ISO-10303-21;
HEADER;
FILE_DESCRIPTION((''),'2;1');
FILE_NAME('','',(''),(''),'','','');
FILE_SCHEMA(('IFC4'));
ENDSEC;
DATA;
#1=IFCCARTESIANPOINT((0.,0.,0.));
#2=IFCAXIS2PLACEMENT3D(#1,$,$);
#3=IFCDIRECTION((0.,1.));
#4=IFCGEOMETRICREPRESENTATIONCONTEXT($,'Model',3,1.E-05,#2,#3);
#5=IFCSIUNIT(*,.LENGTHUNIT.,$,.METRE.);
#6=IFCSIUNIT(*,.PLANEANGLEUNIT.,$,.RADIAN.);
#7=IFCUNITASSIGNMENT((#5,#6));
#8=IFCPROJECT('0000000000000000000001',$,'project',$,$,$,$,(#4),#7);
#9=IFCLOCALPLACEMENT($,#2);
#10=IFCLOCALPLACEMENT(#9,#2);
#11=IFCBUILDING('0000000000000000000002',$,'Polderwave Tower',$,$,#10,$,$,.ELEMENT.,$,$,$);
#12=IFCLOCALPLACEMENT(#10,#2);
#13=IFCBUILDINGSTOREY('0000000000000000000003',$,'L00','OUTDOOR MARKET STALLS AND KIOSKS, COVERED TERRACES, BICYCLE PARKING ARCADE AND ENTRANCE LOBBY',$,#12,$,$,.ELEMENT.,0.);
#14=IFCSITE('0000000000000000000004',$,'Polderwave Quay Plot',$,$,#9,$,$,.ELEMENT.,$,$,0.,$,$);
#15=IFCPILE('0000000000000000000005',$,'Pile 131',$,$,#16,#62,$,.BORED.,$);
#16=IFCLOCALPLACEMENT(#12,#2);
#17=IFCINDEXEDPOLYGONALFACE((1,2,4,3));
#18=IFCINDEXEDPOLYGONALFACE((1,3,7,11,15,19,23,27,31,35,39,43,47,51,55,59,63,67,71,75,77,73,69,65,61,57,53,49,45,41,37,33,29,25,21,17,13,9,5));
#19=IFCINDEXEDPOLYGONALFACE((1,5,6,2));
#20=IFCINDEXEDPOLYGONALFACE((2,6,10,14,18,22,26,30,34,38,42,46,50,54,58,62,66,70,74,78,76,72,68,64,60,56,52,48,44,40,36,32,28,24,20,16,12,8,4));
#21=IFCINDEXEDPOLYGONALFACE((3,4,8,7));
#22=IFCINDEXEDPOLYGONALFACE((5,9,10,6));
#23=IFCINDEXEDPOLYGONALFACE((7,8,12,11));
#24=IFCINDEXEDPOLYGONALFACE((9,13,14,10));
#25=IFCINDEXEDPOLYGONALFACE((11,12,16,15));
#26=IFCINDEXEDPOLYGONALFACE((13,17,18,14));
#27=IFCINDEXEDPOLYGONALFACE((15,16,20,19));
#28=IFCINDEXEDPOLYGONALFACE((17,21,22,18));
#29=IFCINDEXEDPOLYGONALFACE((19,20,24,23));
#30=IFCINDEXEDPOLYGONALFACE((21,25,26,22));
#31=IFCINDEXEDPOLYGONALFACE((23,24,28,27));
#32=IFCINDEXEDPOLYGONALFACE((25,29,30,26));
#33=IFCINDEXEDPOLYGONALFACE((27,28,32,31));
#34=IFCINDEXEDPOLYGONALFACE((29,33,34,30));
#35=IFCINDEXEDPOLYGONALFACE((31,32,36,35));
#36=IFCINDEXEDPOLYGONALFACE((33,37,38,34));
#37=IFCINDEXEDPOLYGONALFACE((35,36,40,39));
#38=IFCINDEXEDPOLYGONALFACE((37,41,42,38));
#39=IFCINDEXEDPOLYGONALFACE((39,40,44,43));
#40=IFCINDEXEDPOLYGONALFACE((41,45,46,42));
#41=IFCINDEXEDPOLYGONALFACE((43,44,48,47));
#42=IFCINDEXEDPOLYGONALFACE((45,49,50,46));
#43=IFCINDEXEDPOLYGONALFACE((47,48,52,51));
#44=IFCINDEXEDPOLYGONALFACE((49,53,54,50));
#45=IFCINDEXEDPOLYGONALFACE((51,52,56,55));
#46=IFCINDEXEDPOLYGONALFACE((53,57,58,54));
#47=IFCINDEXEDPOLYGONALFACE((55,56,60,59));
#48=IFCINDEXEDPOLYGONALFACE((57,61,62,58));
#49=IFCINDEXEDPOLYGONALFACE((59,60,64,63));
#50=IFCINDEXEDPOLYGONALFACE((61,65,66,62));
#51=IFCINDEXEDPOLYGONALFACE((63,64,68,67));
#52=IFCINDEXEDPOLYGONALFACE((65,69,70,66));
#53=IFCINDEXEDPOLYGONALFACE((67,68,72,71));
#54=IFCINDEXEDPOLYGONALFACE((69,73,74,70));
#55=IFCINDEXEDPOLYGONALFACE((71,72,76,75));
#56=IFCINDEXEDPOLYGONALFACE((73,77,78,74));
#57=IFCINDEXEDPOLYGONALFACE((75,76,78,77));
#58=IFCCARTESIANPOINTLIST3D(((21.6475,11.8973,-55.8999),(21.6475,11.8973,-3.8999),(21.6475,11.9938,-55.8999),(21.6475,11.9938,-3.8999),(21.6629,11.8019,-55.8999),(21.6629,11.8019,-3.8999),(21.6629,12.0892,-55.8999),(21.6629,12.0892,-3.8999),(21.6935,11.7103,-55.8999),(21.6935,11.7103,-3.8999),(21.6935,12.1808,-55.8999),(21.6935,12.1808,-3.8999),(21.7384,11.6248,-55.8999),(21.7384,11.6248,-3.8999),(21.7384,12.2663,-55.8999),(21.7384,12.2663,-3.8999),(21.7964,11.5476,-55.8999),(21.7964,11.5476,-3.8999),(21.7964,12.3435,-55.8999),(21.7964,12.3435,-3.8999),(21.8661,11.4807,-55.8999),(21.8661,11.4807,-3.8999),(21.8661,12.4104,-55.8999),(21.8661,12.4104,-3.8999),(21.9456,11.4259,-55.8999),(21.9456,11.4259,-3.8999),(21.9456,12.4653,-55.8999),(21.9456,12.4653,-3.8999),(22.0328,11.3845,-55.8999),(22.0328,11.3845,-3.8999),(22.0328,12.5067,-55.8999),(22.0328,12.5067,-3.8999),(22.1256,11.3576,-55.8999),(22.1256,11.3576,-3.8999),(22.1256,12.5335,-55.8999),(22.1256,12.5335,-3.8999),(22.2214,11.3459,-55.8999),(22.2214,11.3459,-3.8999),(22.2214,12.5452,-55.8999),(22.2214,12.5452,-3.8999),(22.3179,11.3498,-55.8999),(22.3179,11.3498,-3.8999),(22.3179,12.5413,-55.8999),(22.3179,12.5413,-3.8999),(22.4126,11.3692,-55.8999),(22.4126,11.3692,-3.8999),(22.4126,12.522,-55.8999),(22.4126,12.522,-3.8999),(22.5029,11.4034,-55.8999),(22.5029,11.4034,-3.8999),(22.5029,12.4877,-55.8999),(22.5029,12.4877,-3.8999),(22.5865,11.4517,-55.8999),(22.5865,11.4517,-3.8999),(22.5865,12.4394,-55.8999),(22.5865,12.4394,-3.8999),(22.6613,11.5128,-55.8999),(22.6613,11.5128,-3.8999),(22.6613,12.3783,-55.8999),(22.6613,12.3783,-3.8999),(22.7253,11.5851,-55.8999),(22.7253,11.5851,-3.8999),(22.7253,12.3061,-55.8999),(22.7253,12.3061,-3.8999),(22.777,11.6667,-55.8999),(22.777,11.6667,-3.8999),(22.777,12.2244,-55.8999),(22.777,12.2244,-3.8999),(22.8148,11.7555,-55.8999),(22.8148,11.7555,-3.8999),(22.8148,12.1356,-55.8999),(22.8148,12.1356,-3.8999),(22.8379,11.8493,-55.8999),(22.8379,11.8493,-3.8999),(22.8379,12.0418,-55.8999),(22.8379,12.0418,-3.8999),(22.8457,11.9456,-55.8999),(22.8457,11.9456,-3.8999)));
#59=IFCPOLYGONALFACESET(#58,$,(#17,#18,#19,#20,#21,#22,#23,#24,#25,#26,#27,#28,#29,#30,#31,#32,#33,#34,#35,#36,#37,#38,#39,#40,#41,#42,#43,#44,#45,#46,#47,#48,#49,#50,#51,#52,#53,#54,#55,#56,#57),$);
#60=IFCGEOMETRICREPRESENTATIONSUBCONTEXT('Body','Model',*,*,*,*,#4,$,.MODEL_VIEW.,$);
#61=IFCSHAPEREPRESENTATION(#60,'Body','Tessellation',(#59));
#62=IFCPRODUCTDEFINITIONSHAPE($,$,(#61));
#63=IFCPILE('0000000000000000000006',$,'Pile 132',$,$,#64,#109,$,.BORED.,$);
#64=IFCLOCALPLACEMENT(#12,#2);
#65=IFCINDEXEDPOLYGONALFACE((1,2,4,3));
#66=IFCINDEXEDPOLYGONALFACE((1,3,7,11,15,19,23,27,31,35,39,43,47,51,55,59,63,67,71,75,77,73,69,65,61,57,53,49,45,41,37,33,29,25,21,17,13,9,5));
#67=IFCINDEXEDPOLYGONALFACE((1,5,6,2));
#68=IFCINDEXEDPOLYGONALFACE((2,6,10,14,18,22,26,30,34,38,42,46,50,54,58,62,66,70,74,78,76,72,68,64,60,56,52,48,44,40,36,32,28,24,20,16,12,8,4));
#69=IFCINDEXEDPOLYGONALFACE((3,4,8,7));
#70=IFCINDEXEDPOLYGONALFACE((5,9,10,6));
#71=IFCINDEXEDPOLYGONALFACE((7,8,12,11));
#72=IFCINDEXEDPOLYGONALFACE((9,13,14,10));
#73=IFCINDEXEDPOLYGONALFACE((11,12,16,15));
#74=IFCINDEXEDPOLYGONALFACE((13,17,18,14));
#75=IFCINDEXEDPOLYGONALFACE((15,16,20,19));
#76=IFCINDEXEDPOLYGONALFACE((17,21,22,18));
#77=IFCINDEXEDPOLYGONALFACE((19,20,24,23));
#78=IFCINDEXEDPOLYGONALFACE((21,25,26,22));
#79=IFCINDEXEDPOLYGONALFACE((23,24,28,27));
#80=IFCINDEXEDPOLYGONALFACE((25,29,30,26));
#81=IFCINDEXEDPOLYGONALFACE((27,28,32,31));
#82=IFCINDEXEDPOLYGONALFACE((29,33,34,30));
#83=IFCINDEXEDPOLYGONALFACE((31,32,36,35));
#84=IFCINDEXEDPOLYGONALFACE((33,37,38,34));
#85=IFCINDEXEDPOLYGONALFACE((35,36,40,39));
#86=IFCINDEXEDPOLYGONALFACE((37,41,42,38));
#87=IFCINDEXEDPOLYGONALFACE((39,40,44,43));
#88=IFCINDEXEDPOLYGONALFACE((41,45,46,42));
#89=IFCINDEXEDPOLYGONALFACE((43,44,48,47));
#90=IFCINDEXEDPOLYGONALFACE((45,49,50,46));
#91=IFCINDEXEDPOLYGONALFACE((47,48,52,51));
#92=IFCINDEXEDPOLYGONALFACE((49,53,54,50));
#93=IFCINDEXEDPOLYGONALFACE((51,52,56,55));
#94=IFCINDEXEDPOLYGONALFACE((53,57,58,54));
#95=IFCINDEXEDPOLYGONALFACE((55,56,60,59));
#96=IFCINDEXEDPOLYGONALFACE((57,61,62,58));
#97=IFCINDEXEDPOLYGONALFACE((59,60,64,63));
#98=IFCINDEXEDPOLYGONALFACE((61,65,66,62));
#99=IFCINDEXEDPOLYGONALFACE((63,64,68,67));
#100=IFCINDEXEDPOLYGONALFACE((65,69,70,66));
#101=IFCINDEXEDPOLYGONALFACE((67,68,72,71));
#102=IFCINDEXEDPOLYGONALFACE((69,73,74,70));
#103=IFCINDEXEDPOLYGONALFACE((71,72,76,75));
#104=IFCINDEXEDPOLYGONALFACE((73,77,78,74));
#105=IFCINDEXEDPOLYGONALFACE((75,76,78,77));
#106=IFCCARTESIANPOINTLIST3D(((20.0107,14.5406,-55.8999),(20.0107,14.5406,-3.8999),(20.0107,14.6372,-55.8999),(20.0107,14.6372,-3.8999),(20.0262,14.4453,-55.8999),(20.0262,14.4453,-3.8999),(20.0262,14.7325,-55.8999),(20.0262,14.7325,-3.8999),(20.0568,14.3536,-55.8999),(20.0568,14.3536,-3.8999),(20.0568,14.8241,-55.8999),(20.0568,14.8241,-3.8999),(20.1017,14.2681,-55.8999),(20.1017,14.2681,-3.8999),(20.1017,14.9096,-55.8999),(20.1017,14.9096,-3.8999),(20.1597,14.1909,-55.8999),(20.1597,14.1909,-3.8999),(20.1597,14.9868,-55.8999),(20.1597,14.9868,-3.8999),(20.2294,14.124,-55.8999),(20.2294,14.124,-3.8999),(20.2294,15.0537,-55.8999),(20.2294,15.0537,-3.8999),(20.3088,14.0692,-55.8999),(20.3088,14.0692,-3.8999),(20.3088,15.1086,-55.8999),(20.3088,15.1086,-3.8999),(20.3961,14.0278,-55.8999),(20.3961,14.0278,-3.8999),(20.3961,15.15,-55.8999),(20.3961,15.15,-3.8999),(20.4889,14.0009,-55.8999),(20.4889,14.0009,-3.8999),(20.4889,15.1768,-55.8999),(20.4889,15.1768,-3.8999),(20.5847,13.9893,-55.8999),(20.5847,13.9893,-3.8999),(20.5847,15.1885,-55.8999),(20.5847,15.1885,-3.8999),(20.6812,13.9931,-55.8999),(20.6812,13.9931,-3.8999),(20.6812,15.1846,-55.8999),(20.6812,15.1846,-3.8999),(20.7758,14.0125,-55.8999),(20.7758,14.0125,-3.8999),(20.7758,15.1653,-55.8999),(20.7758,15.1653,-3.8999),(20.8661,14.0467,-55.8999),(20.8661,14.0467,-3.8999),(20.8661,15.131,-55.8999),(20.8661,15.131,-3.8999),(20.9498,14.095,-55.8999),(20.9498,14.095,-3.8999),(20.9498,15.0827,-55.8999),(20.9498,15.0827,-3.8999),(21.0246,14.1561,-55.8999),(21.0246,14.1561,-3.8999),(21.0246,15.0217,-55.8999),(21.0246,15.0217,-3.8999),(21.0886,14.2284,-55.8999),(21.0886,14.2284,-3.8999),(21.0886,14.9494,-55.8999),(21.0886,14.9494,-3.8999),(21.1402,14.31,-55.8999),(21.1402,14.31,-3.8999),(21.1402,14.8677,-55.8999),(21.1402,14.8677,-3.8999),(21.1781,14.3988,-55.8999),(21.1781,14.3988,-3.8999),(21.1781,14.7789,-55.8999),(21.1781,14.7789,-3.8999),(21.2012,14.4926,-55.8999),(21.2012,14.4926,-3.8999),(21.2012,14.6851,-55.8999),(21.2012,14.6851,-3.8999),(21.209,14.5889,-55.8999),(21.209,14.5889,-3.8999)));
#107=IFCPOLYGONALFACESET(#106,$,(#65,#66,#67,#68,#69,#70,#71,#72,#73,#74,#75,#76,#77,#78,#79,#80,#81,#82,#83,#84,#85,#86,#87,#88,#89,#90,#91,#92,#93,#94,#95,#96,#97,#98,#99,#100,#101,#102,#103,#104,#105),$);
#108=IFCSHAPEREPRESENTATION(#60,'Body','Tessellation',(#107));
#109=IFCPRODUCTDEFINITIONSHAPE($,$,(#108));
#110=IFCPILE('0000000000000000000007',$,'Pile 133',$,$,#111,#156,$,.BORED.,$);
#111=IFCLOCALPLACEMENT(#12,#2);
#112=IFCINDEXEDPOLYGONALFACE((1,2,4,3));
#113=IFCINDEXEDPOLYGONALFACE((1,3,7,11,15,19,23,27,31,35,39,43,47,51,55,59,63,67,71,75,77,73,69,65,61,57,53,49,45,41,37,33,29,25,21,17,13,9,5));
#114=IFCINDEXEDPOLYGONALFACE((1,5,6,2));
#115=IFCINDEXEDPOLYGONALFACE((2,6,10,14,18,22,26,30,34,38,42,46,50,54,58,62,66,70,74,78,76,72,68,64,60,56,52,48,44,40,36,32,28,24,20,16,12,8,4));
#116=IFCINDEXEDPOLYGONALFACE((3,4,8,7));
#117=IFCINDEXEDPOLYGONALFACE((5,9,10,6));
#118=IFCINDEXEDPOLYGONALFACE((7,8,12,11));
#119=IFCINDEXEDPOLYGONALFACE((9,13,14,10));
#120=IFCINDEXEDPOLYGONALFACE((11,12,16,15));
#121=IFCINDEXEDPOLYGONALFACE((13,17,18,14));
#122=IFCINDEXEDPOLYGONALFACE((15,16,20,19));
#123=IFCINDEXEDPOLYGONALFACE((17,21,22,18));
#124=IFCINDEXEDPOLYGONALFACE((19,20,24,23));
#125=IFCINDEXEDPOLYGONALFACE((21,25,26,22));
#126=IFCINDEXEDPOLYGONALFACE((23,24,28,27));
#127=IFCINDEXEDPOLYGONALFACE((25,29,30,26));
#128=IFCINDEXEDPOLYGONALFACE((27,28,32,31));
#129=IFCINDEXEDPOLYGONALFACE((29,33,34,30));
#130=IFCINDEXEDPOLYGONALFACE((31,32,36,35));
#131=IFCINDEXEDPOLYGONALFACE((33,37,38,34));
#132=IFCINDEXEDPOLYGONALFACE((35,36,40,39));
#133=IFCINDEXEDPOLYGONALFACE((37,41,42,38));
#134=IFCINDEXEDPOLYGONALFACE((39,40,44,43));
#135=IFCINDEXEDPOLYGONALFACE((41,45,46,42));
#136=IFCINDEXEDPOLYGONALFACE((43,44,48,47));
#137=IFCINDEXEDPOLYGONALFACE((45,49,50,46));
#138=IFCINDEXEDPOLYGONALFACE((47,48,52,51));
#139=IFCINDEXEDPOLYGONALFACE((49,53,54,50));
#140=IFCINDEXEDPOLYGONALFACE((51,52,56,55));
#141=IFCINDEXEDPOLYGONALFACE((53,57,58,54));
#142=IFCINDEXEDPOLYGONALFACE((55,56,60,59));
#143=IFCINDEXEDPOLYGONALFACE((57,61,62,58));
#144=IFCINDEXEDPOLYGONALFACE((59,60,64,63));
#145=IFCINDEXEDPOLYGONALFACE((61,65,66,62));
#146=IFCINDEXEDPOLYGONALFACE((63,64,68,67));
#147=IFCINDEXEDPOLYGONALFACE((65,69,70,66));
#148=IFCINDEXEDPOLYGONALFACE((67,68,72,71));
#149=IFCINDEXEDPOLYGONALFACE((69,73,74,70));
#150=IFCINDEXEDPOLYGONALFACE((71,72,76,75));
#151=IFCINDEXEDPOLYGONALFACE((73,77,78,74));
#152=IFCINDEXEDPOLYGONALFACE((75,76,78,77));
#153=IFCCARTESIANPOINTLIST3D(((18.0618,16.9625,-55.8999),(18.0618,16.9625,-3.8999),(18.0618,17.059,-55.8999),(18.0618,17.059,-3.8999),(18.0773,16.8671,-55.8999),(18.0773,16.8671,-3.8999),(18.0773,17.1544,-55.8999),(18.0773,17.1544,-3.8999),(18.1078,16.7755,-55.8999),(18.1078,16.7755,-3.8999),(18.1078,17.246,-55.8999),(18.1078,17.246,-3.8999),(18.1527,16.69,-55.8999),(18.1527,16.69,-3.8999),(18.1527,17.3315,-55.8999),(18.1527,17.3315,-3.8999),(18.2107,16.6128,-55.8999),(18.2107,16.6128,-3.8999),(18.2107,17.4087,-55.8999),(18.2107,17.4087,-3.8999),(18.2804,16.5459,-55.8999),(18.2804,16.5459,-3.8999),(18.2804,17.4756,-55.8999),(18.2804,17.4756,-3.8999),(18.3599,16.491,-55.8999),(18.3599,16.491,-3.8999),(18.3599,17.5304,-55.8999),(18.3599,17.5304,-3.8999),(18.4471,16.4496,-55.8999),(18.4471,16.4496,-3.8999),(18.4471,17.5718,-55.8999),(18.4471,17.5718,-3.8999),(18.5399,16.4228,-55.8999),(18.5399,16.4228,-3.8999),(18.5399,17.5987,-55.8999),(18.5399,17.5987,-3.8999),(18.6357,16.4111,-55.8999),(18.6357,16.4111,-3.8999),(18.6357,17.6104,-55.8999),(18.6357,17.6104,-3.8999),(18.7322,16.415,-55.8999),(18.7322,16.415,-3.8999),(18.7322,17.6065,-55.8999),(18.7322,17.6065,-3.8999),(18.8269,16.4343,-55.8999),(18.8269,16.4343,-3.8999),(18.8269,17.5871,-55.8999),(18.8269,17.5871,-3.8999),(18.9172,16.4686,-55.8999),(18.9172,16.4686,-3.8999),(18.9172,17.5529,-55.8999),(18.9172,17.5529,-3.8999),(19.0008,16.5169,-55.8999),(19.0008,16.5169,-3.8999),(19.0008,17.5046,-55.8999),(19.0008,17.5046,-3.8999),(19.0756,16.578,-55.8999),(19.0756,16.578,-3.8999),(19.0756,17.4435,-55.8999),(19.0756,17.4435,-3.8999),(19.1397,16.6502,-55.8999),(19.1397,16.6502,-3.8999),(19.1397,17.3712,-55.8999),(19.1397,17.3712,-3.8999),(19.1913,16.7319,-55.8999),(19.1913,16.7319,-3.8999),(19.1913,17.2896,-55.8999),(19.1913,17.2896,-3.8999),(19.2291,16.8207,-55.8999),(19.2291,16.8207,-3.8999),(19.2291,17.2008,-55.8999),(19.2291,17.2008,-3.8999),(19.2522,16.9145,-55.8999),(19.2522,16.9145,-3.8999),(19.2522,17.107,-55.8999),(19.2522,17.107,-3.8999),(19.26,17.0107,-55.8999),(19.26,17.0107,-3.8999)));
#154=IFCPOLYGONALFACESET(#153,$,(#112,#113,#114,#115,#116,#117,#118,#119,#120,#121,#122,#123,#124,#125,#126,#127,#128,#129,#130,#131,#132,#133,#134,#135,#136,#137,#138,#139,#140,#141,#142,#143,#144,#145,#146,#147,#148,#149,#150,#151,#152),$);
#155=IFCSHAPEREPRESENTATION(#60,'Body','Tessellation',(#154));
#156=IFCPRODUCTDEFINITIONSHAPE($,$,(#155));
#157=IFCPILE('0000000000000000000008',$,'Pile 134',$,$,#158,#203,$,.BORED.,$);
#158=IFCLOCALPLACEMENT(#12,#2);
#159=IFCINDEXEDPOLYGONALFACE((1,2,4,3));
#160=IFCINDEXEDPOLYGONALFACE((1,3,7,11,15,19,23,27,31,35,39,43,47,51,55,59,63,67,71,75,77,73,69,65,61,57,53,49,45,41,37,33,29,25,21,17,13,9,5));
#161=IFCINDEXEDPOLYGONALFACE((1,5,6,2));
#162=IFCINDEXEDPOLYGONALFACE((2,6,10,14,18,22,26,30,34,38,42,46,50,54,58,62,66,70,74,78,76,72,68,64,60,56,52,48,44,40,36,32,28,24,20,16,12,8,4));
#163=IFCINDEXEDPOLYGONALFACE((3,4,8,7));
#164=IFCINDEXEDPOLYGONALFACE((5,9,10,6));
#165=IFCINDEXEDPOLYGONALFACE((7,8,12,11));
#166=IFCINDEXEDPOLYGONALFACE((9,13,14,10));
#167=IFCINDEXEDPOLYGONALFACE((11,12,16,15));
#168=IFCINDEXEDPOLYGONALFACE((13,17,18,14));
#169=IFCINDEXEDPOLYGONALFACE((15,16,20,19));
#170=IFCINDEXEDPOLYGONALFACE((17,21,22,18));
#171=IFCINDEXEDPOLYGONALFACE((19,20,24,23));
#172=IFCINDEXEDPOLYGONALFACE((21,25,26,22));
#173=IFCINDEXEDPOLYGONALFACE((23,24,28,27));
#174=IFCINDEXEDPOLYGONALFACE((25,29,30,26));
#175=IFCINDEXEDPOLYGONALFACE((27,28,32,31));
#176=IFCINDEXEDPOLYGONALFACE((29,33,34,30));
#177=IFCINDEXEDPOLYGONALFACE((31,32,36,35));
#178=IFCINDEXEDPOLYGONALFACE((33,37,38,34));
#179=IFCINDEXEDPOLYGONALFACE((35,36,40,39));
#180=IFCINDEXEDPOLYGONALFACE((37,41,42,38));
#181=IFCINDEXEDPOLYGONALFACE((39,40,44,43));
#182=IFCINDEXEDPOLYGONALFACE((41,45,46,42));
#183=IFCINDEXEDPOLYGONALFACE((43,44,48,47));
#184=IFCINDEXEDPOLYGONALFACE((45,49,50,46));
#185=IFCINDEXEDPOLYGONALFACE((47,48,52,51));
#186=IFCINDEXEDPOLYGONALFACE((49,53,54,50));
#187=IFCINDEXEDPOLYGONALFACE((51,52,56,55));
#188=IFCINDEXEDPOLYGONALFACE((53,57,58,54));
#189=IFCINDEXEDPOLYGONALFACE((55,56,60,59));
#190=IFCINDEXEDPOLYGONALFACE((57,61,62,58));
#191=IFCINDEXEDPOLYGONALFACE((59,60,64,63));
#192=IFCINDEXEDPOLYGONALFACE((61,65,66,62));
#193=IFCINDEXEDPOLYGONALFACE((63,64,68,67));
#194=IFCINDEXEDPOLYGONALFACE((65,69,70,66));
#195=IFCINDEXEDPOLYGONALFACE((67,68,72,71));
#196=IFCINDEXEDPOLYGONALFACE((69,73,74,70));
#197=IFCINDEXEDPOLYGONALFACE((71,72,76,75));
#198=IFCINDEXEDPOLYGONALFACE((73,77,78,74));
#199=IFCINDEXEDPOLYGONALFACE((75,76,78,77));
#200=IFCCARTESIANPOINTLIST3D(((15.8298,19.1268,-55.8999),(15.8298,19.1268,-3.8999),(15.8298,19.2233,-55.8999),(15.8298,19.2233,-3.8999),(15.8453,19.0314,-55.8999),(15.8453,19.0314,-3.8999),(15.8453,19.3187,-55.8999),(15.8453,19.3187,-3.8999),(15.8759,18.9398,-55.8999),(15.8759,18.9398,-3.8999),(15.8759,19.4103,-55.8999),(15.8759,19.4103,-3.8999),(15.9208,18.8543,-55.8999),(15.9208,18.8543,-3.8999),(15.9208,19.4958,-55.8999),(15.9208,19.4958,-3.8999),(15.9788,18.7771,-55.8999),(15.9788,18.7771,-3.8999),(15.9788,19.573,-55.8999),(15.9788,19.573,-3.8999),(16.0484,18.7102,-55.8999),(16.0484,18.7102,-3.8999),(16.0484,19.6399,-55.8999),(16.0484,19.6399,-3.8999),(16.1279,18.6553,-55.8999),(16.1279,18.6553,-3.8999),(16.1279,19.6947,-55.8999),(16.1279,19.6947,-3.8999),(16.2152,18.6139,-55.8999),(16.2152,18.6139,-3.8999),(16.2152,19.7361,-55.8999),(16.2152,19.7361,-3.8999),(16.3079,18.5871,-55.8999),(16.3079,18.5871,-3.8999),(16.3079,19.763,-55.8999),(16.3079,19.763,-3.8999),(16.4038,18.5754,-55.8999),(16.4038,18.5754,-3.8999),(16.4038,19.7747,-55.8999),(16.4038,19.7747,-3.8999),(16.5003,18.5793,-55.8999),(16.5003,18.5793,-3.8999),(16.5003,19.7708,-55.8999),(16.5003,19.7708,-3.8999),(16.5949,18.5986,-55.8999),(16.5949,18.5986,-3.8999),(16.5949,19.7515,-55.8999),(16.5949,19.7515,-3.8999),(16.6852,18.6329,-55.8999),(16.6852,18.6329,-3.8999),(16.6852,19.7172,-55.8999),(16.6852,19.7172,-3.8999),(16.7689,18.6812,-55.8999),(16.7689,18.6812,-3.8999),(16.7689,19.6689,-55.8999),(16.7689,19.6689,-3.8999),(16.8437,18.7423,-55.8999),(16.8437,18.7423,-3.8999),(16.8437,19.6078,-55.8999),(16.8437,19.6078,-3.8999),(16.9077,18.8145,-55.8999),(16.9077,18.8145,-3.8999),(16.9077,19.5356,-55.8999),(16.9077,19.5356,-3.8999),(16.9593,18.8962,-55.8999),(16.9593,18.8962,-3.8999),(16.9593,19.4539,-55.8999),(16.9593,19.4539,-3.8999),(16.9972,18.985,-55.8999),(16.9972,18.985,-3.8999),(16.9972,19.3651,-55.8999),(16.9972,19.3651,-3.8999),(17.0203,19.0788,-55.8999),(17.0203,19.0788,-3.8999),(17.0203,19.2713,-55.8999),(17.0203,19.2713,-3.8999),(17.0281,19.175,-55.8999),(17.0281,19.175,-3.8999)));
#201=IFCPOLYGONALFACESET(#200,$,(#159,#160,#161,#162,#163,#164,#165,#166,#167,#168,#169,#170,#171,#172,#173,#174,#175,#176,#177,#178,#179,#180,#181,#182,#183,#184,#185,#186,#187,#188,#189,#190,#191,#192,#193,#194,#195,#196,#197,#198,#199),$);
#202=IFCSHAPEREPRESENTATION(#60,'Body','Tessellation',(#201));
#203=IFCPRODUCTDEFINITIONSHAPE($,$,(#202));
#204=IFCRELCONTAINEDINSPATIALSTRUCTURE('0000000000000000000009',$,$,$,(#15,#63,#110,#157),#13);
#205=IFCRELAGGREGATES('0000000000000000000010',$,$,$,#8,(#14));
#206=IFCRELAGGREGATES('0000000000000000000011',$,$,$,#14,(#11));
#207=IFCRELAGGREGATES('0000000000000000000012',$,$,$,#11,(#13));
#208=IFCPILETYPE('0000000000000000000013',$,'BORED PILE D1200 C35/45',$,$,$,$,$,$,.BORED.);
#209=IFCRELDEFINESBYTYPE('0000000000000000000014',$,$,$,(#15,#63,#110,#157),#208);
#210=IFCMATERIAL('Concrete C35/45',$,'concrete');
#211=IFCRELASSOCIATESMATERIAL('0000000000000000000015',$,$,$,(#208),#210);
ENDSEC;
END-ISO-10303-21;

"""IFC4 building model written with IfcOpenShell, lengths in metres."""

from ifc_helpers import new_model, si_unit, direction, frame, origin, origin_2d, place, context, subcontext, project, spatial, circle, extrude, material, material_profile, profile_set, type_object, element, save


model = new_model("IFC4")

# Units and contexts
model_context = context("Model", 3, precision=1e-05, world=origin(), true_north=direction((0.0, 1.0)))
body_context = subcontext(model_context, "Body", "Model", "MODEL_VIEW")
ifc_project = project(units=[si_unit("LENGTHUNIT", "METRE"), si_unit("PLANEANGLEUNIT", "RADIAN")], contexts=[model_context])

# Site, building, storey
site_placement = place(None, origin())
site = spatial("IfcSite", under=ifc_project, at=site_placement, Name="Polderwave Quay Plot", CompositionType="ELEMENT", RefElevation=0.0)
building_placement = place(site_placement, origin())
building = spatial("IfcBuilding", under=site, at=building_placement, Name="Polderwave Tower", CompositionType="ELEMENT")
storey_placement = place(building_placement, origin())
storey = spatial("IfcBuildingStorey", under=building, at=storey_placement, Name="L00", Description="OUTDOOR MARKET STALLS AND KIOSKS, COVERED TERRACES, BICYCLE PARKING ARCADE AND ENTRANCE LOBBY", CompositionType="ELEMENT", Elevation=0.0)

# Piles
ifc_material_1 = material(Name="Concrete C35/45", Category="concrete")
ifc_material_profile_1 = material_profile(ifc_material_1, circle(Radius=0.6001, at=origin_2d()), Name="BORED D1200")
ifc_profile_set_1 = profile_set([ifc_material_profile_1], Name="Concrete C35/45")
pile_type = type_object("IfcPileType", Name="BORED PILE D1200 C35/45", PredefinedType="BORED", material=ifc_profile_set_1)
for number, where, z_axis, x_axis, name in (
    (1, (22.2456, 11.9456, -3.8999), (0.0, 0.0, -1.0), (1.0, 0.0, 0.0), "Pile 131"),
    (2, (20.6089, 14.5889, -3.8999), (0.0, 0.0, -1.0), (1.0, 0.0, 0.0), "Pile 132"),
    (3, (18.6599, 17.0107, -3.8999), (0.0, 0.0, -1.0), (1.0, 0.0, 0.0), "Pile 133"),
    (4, (16.428, 19.175, -3.8999), (0.0, 0.0, -1.0), (1.0, 0.0, 0.0), "Pile 134"),
):
    element("IfcPile", number, at=place(storey_placement, frame(where, z_axis=z_axis, x_axis=x_axis)), inside=storey, type_object=pile_type, Name=name, PredefinedType="BORED", context=body_context, shape_type="SweptSolid", body=[
        extrude(circle(Radius=0.6001, at=origin_2d()), origin(), (0.0, 0.0, 1.0), 52.0),
    ])

save(model, "model.ifc")
